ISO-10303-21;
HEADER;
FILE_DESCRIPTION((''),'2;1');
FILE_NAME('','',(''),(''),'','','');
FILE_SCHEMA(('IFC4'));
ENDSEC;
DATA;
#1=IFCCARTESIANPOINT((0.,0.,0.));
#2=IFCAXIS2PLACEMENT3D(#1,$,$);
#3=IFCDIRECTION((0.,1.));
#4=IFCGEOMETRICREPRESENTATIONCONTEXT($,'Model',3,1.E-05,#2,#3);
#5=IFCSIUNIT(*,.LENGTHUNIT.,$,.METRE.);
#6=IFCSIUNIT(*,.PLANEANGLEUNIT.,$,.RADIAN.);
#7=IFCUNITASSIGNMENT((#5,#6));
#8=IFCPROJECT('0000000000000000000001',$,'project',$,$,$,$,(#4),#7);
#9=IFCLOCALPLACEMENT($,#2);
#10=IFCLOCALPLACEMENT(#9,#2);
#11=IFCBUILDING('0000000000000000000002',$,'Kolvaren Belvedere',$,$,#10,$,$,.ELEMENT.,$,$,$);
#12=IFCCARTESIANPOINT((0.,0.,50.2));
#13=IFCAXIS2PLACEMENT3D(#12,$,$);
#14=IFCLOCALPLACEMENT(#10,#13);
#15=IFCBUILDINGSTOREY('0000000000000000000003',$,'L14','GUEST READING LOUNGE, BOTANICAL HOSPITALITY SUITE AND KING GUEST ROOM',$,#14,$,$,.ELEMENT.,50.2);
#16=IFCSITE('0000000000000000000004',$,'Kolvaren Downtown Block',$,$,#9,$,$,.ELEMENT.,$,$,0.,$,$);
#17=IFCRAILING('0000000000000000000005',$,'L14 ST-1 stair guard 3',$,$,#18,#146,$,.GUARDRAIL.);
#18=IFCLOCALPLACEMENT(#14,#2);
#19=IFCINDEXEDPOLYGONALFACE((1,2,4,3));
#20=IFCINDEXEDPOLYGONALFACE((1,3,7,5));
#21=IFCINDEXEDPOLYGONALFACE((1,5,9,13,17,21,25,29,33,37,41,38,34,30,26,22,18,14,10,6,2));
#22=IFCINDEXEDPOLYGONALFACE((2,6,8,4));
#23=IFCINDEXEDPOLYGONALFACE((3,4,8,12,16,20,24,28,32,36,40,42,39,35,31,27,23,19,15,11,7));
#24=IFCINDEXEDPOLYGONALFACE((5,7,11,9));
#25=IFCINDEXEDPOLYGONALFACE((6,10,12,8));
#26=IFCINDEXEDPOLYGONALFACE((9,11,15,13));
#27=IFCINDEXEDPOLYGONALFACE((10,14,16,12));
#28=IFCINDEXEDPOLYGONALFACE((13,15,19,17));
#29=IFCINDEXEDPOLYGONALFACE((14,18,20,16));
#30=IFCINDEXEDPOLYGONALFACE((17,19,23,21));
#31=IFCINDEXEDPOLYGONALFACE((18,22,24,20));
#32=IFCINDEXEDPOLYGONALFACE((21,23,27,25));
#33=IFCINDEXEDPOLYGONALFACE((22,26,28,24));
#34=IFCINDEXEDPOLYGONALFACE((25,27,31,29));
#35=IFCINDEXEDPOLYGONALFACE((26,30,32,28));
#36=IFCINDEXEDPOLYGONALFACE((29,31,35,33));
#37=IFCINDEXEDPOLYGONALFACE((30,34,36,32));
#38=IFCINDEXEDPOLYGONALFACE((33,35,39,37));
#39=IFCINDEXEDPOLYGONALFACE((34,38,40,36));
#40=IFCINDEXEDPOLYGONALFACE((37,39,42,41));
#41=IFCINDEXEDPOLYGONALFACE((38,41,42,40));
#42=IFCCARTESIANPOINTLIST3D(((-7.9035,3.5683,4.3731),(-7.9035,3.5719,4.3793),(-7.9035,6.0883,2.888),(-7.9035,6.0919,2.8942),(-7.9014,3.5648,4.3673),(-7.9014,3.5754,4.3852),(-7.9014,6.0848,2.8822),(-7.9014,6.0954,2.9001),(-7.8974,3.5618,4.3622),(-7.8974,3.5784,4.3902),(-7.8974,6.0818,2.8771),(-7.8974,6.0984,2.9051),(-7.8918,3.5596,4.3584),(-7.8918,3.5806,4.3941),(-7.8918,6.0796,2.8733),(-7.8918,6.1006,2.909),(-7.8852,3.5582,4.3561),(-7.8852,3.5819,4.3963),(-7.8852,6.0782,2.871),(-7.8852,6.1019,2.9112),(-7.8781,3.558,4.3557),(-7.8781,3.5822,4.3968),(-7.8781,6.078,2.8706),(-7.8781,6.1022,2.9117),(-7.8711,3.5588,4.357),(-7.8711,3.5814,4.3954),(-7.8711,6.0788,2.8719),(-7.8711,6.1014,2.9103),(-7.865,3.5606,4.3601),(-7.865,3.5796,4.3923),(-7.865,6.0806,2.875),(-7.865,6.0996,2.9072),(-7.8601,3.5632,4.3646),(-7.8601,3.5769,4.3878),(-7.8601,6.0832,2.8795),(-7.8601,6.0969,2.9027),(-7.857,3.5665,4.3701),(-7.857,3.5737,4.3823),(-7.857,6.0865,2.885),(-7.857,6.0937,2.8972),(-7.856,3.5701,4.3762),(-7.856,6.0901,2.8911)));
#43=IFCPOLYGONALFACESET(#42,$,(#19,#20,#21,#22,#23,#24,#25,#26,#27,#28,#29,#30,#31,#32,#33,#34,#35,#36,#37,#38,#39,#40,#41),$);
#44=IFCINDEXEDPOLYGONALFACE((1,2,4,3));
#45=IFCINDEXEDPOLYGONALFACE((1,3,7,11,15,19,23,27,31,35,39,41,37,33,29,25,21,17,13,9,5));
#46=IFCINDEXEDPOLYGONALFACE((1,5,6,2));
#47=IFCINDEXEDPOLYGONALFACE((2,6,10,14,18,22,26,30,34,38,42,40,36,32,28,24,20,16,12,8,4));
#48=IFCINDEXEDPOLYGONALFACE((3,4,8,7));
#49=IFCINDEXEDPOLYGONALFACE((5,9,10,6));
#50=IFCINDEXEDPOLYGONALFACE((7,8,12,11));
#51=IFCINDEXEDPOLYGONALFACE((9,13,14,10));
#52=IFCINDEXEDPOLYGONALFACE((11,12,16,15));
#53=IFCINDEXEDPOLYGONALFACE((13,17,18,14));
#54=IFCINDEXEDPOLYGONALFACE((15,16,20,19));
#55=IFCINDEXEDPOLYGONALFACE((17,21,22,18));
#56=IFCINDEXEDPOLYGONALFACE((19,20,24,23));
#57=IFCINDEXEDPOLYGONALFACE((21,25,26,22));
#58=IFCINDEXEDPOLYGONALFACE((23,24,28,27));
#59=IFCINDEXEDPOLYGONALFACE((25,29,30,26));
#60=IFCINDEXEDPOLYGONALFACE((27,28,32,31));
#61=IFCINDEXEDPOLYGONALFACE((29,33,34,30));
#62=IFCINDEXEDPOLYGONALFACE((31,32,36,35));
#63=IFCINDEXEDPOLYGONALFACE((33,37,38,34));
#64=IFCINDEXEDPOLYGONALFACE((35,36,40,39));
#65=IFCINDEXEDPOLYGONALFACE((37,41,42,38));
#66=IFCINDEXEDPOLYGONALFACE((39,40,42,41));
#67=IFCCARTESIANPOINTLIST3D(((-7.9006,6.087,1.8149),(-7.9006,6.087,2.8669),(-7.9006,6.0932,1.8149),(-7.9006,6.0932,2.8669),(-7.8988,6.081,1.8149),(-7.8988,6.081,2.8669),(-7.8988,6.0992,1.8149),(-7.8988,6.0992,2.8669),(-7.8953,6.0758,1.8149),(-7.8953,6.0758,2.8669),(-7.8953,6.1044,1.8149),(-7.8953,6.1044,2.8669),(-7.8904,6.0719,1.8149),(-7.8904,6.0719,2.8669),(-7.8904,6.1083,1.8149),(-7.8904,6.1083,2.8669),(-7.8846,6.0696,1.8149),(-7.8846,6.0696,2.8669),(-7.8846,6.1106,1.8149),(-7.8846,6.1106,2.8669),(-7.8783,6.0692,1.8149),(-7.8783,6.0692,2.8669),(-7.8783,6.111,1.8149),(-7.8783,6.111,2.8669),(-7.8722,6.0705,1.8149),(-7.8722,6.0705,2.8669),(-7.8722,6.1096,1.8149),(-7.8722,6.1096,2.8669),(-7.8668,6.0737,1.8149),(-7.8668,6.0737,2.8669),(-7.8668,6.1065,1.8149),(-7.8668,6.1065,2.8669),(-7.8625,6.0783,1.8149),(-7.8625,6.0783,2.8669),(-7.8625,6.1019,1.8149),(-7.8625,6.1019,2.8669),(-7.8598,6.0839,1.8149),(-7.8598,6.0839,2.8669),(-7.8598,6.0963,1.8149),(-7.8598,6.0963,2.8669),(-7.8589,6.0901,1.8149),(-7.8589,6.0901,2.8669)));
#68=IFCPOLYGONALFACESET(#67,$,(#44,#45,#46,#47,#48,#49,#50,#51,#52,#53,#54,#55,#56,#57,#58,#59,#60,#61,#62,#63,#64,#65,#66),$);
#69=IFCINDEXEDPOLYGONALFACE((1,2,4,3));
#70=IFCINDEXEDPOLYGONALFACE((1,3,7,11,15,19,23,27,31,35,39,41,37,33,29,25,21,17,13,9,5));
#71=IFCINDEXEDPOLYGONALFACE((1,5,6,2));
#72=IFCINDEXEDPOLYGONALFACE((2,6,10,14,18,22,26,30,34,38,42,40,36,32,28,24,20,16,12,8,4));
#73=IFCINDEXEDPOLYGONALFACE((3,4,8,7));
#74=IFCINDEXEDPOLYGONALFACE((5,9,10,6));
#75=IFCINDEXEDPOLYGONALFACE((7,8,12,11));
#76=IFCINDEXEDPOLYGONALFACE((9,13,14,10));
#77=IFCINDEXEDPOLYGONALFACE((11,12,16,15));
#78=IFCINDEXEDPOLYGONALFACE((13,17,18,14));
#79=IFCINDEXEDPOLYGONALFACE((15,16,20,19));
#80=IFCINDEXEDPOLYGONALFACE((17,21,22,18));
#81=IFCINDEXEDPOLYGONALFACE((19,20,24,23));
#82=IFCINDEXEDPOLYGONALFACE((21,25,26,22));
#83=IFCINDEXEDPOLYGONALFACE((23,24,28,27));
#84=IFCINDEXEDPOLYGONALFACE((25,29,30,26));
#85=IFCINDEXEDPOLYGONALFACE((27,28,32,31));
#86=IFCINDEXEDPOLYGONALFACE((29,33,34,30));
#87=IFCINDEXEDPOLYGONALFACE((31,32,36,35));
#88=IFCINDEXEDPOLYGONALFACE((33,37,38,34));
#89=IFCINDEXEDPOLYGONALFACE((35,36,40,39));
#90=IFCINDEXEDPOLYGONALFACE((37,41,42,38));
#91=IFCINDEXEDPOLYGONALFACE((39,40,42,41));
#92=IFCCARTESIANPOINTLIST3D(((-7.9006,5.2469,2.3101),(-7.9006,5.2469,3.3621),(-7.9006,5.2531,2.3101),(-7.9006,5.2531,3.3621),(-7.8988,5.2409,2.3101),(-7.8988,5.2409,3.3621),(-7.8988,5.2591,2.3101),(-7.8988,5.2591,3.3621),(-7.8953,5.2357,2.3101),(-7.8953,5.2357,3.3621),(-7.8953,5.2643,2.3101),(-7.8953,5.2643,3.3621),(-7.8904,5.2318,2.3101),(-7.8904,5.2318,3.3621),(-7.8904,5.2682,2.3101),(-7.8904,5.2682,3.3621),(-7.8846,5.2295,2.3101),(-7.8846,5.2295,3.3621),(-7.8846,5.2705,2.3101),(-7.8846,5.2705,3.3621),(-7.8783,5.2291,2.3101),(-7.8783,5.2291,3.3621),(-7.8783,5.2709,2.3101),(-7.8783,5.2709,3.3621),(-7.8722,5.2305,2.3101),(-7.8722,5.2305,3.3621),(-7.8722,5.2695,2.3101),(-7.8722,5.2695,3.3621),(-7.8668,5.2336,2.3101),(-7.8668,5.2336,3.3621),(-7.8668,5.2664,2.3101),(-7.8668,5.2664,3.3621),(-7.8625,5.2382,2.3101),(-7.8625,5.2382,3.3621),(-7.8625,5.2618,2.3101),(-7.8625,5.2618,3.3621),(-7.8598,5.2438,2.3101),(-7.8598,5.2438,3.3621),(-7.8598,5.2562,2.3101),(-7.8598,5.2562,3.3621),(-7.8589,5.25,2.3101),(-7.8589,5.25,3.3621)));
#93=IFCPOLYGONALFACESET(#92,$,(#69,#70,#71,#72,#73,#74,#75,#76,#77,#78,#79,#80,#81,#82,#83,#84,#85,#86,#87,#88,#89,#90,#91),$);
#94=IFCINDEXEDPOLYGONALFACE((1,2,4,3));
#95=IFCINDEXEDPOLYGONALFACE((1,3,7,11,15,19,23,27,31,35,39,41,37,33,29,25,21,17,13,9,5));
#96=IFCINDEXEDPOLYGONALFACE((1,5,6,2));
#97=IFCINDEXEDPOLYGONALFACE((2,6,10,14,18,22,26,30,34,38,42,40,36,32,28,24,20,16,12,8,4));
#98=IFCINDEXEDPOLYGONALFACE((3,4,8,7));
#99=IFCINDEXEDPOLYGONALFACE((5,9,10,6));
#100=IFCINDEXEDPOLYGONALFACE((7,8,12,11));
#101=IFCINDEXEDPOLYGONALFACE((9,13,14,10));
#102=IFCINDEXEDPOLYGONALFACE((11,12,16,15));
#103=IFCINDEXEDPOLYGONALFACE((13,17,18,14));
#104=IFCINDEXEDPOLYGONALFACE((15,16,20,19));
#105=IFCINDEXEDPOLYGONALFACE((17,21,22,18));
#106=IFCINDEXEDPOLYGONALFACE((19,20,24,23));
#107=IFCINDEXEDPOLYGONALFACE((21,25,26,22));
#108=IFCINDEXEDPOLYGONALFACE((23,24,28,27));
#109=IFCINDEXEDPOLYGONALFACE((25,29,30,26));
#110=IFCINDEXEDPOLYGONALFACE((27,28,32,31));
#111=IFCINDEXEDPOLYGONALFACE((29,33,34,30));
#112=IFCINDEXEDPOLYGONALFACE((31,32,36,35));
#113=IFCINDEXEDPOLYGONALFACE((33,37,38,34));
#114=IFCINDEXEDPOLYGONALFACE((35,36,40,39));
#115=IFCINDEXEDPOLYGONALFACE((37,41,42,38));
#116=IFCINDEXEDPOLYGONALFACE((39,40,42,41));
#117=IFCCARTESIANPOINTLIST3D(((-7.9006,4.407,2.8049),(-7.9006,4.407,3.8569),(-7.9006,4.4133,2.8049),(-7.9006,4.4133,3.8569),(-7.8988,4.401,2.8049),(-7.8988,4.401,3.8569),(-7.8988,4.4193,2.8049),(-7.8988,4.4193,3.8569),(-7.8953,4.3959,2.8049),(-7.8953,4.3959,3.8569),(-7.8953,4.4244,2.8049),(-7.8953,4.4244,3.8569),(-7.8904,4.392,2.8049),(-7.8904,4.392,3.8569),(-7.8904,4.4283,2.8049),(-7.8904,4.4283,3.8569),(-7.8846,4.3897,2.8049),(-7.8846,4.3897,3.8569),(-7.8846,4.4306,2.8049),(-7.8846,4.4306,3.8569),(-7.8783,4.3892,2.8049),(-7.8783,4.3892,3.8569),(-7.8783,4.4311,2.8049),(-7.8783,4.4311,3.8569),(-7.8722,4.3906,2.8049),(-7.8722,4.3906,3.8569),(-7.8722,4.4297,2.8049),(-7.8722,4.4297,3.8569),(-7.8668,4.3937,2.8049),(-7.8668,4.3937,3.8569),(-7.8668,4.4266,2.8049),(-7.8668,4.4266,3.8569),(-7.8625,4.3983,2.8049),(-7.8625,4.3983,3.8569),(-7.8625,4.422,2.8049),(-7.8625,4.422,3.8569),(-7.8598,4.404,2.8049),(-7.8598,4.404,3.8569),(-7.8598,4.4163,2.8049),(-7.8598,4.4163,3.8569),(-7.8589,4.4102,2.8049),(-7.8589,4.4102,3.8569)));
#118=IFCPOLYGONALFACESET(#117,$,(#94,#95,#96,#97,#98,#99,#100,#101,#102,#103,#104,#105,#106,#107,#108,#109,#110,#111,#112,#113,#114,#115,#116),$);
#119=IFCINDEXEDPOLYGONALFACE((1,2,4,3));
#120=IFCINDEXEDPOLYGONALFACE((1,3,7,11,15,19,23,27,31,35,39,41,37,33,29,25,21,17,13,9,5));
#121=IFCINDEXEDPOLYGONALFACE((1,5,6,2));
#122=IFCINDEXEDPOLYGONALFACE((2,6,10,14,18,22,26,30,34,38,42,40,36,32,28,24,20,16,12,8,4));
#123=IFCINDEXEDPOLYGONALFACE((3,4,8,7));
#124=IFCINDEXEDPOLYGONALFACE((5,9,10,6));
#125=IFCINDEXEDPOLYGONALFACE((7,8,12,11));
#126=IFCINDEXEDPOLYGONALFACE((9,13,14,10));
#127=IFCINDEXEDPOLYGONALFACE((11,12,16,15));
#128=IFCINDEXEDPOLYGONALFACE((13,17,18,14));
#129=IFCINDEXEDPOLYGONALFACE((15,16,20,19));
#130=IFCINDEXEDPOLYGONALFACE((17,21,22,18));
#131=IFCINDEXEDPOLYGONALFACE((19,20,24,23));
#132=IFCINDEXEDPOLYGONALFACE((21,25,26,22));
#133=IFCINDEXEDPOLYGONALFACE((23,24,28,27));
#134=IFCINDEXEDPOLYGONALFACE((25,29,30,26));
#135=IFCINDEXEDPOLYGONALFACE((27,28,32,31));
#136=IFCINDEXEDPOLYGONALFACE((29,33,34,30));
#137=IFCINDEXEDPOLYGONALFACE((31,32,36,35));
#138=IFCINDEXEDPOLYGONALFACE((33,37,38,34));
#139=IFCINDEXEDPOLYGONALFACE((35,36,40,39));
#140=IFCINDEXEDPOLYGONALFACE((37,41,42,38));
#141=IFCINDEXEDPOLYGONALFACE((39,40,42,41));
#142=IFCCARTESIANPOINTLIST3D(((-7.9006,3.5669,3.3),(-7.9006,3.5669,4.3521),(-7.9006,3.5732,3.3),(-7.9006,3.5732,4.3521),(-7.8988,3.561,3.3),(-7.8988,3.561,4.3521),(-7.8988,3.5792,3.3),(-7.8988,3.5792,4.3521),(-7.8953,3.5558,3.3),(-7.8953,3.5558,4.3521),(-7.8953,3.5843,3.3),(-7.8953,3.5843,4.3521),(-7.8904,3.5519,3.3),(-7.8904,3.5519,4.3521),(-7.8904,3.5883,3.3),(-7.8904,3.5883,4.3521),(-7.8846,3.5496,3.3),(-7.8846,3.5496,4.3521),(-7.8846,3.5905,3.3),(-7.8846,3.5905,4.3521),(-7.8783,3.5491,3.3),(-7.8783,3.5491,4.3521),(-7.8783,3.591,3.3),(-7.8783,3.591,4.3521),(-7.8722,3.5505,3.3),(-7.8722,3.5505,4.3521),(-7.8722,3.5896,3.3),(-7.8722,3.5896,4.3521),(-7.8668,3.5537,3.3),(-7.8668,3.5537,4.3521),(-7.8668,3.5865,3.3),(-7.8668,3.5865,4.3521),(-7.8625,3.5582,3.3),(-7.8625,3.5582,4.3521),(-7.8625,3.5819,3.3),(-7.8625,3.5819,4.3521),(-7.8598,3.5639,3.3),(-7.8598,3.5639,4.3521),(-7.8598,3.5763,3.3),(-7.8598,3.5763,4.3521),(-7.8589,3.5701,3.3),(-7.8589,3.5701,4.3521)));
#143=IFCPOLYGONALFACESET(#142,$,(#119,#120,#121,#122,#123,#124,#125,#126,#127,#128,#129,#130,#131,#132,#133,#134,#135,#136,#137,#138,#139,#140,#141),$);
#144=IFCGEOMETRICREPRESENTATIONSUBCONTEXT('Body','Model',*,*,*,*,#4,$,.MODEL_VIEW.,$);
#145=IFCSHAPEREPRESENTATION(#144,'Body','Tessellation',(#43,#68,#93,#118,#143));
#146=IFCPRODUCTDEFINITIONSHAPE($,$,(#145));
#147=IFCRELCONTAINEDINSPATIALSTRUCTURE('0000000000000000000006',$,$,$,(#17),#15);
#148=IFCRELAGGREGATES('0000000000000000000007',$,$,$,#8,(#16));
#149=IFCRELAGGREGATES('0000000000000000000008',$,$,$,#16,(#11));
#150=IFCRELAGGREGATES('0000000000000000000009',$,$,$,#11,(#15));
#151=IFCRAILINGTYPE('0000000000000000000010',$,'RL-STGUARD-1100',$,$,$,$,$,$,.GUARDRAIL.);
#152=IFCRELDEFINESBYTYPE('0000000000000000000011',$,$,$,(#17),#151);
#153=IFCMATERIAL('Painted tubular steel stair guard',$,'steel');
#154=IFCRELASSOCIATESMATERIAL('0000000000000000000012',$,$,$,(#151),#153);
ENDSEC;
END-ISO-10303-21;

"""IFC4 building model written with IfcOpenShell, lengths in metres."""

from ifc_helpers import new_model, si_unit, direction, frame, origin, origin_2d, place, context, subcontext, project, spatial, circle, extrude, material, type_object, element, save


model = new_model("IFC4")

# Units and contexts
model_context = context("Model", 3, precision=1e-05, world=origin(), true_north=direction((0.0, 1.0)))
body_context = subcontext(model_context, "Body", "Model", "MODEL_VIEW")
ifc_project = project(units=[si_unit("LENGTHUNIT", "METRE"), si_unit("PLANEANGLEUNIT", "RADIAN")], contexts=[model_context])

# Site, building, storey
site_placement = place(None, origin())
site = spatial("IfcSite", under=ifc_project, at=site_placement, Name="Kolvaren Downtown Block", CompositionType="ELEMENT", RefElevation=0.0)
building_placement = place(site_placement, origin())
building = spatial("IfcBuilding", under=site, at=building_placement, Name="Kolvaren Belvedere", CompositionType="ELEMENT")
storey_placement = place(building_placement, frame((0.0, 0.0, 50.2)))
storey = spatial("IfcBuildingStorey", under=building, at=storey_placement, Name="L14", Description="GUEST READING LOUNGE, BOTANICAL HOSPITALITY SUITE AND KING GUEST ROOM", CompositionType="ELEMENT", Elevation=50.2)

# Railing
ifc_material_1 = material(Name="Painted tubular steel stair guard", Category="steel")
railing_type_1 = type_object("IfcRailingType", Name="RL-STGUARD-1100", PredefinedType="GUARDRAIL", material=ifc_material_1)
railing_1_placement = place(storey_placement, frame((-7.8799, 6.0901, 1.8149)))
element("IfcRailing", 1, at=railing_1_placement, inside=storey, type_object=railing_type_1, Name="L14 ST-1 stair guard 3", PredefinedType="GUARDRAIL", context=body_context, shape_type="SweptSolid", body=[
    extrude(circle(Radius=0.0239, at=origin_2d()), frame((0.0, 0.0, 1.0762), z_axis=(0.0, -0.861524, 0.507717), x_axis=(1.0, 0.0, 0.0)), (0.0, 0.0, 1.0), 2.925),
    extrude(circle(Radius=0.021, at=origin_2d()), origin(), (0.0, 0.0, 1.0), 1.052),
    extrude(circle(Radius=0.021, at=origin_2d()), frame((0.0, -0.8401, 0.4951)), (0.0, 0.0, 1.0), 1.052),
    extrude(circle(Radius=0.021, at=origin_2d()), frame((0.0, -1.6799, 0.99)), (0.0, 0.0, 1.0), 1.052),
    extrude(circle(Radius=0.021, at=origin_2d()), frame((0.0, -2.52, 1.4851)), (0.0, 0.0, 1.0), 1.052),
])

save(model, "model.ifc")
